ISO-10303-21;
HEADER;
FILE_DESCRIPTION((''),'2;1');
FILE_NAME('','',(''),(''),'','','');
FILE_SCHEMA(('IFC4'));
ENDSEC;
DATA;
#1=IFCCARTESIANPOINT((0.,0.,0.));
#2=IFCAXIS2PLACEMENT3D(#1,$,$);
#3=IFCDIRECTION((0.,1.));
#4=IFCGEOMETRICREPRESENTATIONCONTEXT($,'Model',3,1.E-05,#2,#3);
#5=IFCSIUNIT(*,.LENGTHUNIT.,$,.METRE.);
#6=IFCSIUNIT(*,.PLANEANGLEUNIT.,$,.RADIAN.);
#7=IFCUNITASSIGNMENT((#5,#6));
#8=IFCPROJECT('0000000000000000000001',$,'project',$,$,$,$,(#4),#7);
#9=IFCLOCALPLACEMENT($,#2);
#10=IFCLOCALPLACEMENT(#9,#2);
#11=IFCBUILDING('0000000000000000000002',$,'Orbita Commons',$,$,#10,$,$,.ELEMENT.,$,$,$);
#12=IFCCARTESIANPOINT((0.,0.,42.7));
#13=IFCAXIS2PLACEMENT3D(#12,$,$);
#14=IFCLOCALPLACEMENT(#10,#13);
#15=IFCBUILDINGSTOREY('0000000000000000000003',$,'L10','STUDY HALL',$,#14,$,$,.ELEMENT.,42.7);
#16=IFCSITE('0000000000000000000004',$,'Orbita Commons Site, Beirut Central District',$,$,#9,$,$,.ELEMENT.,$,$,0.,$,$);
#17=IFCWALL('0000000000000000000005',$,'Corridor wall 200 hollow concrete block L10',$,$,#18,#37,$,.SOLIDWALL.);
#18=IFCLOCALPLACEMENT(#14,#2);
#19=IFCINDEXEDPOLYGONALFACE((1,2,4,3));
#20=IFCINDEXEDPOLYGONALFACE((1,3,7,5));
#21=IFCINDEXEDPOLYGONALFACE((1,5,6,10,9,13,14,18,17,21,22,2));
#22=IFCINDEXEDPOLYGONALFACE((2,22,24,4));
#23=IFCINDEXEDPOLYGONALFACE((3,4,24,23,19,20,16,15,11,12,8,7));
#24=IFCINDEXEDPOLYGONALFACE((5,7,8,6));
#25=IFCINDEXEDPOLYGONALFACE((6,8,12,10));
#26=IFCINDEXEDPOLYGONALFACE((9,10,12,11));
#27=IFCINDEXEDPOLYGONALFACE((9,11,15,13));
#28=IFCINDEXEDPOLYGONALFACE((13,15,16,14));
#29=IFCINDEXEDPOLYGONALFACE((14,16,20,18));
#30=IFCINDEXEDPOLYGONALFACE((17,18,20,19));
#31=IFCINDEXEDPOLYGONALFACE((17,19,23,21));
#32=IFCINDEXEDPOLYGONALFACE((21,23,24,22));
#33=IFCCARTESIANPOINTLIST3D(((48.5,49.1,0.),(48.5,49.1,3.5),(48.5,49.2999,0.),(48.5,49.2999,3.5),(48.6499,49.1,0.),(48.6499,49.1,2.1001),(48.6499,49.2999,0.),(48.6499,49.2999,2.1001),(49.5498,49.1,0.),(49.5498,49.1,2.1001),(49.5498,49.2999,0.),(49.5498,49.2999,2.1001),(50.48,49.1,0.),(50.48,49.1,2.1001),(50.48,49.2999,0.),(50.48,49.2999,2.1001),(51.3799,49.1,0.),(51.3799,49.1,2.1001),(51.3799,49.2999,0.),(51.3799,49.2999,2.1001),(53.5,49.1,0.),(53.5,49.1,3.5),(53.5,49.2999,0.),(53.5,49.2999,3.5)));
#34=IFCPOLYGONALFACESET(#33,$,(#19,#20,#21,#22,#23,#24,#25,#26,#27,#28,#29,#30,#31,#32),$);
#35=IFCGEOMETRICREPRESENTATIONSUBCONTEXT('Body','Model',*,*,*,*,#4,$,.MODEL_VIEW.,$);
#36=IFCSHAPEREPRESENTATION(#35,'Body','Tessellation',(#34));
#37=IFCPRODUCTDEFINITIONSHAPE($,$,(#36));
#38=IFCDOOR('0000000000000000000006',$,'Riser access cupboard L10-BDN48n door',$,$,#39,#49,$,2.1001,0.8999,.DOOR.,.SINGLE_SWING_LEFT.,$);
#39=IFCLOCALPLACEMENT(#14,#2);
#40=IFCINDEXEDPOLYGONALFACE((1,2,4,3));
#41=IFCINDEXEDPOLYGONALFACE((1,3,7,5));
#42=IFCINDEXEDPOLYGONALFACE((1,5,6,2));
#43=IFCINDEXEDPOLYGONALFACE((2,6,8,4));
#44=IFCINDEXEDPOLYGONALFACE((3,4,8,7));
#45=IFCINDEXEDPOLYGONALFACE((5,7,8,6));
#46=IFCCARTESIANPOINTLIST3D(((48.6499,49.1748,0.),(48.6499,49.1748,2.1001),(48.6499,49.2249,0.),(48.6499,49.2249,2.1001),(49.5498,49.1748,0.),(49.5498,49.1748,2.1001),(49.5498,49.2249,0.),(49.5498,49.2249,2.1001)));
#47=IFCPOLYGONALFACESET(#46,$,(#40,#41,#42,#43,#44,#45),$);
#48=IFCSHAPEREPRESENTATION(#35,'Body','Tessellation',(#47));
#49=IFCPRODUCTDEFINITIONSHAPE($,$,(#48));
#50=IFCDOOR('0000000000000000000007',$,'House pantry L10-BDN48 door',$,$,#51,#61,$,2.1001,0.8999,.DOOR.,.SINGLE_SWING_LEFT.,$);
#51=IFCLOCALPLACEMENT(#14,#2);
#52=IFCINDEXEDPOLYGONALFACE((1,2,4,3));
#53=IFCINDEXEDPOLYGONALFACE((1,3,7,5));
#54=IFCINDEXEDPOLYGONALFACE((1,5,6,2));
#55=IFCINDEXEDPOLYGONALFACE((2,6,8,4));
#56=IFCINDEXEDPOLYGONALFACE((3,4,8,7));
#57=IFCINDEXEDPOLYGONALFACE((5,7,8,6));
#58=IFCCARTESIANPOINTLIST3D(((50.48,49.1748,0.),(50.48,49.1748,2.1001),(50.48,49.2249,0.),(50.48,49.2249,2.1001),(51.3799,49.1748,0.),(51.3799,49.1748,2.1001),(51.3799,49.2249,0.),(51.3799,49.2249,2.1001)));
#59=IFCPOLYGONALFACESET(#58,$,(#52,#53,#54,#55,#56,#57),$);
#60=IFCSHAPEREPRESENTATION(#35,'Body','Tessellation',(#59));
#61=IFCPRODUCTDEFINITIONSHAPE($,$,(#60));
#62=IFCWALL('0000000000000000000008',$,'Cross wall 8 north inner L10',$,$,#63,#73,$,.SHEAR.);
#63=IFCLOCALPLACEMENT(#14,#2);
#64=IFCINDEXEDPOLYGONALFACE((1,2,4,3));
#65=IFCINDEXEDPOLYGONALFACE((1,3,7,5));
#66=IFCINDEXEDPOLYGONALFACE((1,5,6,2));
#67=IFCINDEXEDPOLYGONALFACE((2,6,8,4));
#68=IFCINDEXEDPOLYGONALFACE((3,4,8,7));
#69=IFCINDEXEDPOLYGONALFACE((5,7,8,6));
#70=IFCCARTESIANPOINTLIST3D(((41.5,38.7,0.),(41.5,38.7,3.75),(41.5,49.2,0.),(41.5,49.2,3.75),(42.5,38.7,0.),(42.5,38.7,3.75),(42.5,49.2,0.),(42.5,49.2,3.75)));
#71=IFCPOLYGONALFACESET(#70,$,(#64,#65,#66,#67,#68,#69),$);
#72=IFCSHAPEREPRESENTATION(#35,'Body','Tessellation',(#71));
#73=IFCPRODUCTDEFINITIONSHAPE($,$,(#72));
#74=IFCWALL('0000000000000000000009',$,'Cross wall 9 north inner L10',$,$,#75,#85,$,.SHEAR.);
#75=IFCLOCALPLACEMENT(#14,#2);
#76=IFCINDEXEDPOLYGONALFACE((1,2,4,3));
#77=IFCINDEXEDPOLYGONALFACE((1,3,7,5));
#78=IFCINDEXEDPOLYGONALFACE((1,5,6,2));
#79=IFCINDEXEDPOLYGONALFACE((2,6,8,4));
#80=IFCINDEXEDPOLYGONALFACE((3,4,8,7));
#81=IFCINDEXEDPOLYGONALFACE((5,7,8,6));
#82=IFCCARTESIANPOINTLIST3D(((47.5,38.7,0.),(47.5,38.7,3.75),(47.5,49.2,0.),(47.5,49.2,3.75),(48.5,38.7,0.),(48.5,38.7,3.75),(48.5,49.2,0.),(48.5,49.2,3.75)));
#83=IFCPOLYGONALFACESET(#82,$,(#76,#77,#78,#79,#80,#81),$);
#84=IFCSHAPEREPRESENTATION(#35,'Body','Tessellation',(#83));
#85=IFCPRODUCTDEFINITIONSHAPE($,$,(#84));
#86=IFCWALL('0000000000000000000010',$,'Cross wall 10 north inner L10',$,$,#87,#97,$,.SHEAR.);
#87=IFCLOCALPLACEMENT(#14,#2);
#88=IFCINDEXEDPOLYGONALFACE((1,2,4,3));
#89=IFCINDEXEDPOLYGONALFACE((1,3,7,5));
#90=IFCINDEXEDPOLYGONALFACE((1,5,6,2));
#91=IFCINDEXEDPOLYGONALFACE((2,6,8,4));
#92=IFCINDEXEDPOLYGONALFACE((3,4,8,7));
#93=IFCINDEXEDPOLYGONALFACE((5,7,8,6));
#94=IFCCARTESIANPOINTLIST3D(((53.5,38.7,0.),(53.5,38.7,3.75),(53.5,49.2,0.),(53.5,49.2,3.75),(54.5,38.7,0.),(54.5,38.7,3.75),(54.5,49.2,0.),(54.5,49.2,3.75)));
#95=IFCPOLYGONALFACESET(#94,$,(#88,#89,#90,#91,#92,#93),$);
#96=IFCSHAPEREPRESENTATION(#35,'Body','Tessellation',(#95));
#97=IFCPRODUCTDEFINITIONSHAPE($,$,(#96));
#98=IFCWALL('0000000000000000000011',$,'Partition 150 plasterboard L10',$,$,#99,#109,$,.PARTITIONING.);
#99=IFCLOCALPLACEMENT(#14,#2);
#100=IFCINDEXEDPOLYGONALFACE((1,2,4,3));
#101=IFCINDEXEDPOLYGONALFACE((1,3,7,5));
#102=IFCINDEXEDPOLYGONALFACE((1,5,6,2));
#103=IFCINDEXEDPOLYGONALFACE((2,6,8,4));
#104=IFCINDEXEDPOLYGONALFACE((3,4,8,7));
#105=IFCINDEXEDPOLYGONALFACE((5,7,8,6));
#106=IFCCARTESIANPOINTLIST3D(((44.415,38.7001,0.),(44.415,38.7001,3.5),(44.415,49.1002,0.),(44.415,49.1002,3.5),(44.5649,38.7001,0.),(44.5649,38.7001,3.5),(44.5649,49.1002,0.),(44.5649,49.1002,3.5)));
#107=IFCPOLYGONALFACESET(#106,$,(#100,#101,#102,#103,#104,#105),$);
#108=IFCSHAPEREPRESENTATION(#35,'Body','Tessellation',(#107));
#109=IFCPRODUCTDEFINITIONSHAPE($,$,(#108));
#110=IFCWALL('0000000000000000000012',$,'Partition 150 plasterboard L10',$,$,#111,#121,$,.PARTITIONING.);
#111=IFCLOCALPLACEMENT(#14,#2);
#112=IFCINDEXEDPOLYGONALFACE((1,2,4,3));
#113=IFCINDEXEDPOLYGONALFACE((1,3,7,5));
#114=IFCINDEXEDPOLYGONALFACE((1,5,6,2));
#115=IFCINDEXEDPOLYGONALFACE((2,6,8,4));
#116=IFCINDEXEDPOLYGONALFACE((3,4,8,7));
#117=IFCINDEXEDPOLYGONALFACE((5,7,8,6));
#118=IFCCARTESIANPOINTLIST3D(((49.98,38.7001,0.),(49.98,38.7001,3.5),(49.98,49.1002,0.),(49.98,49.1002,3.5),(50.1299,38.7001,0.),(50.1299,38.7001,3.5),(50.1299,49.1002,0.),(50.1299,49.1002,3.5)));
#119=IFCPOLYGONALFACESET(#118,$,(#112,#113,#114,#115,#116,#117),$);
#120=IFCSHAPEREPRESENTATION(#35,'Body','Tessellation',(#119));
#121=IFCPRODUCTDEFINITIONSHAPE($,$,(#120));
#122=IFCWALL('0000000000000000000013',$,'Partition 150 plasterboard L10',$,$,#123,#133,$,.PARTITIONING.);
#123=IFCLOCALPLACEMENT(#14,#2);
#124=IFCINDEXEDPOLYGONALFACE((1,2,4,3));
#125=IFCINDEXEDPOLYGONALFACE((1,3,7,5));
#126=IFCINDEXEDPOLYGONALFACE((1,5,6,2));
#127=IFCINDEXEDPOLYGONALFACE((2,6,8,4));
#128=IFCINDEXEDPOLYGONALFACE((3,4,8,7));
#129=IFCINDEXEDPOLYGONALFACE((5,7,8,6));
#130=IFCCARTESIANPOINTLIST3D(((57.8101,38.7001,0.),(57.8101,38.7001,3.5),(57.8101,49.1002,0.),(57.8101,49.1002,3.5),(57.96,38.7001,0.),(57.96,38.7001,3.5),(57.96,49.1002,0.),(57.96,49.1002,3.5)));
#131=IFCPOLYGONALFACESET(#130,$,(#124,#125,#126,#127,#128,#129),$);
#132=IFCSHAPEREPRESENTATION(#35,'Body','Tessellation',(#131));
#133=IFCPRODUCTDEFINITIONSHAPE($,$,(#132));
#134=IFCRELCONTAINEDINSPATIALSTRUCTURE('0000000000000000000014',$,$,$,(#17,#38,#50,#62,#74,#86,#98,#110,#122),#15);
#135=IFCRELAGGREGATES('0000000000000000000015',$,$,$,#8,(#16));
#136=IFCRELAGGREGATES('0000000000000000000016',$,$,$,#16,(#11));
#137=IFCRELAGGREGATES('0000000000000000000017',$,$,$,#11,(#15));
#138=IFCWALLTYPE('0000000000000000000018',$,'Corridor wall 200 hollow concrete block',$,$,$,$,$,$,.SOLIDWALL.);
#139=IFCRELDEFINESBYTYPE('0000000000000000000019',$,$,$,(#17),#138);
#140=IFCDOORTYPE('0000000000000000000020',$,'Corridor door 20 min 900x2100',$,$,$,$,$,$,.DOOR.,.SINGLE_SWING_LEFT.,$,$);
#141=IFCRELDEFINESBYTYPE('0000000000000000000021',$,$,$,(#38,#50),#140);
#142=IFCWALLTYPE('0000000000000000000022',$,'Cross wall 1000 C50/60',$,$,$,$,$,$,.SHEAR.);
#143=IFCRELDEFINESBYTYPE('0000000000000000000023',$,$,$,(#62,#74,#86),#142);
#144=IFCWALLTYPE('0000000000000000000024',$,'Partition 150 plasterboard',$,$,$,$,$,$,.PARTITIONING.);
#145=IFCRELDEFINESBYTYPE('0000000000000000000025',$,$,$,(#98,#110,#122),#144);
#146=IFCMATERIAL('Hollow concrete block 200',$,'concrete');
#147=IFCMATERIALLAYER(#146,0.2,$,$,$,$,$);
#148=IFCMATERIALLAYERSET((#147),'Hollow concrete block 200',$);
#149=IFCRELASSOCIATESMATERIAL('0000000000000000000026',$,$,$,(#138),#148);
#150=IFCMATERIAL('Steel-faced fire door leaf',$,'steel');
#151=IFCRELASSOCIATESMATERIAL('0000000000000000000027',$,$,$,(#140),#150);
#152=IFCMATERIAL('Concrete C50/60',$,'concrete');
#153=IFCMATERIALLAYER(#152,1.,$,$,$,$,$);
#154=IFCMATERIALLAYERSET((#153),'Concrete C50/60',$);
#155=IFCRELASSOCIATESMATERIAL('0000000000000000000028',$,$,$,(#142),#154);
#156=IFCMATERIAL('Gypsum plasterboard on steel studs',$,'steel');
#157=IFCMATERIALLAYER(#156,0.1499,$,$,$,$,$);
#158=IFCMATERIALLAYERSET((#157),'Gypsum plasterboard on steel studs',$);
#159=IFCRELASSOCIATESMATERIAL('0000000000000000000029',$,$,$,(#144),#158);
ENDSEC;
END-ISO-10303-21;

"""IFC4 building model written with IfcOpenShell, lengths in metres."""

from ifc_helpers import new_model, si_unit, direction, frame, frame_2d, origin, place, context, subcontext, project, spatial, rectangle, extrude, material, layer, layer_set, type_object, element, fill, save


model = new_model("IFC4")

# Units and contexts
model_context = context("Model", 3, precision=1e-05, world=origin(), true_north=direction((0.0, 1.0)))
body_context = subcontext(model_context, "Body", "Model", "MODEL_VIEW")
ifc_project = project(units=[si_unit("LENGTHUNIT", "METRE"), si_unit("PLANEANGLEUNIT", "RADIAN")], contexts=[model_context])

# Site, building, storey
site_placement = place(None, origin())
site = spatial("IfcSite", under=ifc_project, at=site_placement, Name="Orbita Commons Site, Beirut Central District", CompositionType="ELEMENT", RefElevation=0.0)
building_placement = place(site_placement, origin())
building = spatial("IfcBuilding", under=site, at=building_placement, Name="Orbita Commons", CompositionType="ELEMENT")
storey_placement = place(building_placement, frame((0.0, 0.0, 42.7)))
storey = spatial("IfcBuildingStorey", under=building, at=storey_placement, Name="L10", Description="STUDY HALL", CompositionType="ELEMENT", Elevation=42.7)

# Wall, openings, doors
ifc_material_1 = material(Name="Hollow concrete block 200", Category="concrete")
ifc_layer_1 = layer(ifc_material_1, 0.2)
ifc_layer_set_1 = layer_set([ifc_layer_1], Name="Hollow concrete block 200")
wall_type_1 = type_object("IfcWallType", Name="Corridor wall 200 hollow concrete block", PredefinedType="SOLIDWALL", material=ifc_layer_set_1)
ifc_material_2 = material(Name="Steel-faced fire door leaf", Category="steel")
door_type_1 = type_object("IfcDoorType", Name="Corridor door 20 min 900x2100", OperationType="SINGLE_SWING_LEFT", PredefinedType="DOOR", material=ifc_material_2)
wall_1_placement = place(storey_placement, frame((48.5, 49.2, 0.0), z_axis=(0.0, 0.0, 1.0), x_axis=(1.0, 0.0, 0.0)))
wall_1 = element("IfcWall", 1, at=wall_1_placement, inside=storey, type_object=wall_type_1, Name="Corridor wall 200 hollow concrete block L10", PredefinedType="SOLIDWALL", context=body_context, shape_type="SweptSolid", body=[
    extrude(rectangle(XDim=5.0, YDim=0.2, at=frame_2d((2.5, 0.0))), origin(), (0.0, 0.0, 1.0), 3.5),
])
opening_1_placement = place(wall_1_placement, frame((0.1499, 0.0, 0.0)))
opening_1 = element("IfcOpeningElement", 2, at=opening_1_placement, cuts=wall_1, PredefinedType="OPENING", context=body_context, shape_type="SweptSolid", body=[
    extrude(rectangle(XDim=0.8999, YDim=2.1001, at=frame_2d((0.45, 1.05))), frame((0.0, 0.1099, 0.0), z_axis=(0.0, -1.0, 0.0), x_axis=(1.0, 0.0, 0.0)), (0.0, 0.0, 1.0), 0.22),
])
opening_2_placement = place(wall_1_placement, frame((1.98, 0.0, 0.0)))
opening_2 = element("IfcOpeningElement", 3, at=opening_2_placement, cuts=wall_1, PredefinedType="OPENING", context=body_context, shape_type="SweptSolid", body=[
    extrude(rectangle(XDim=0.8999, YDim=2.1001, at=frame_2d((0.45, 1.05))), frame((0.0, 0.1099, 0.0), z_axis=(0.0, -1.0, 0.0), x_axis=(1.0, 0.0, 0.0)), (0.0, 0.0, 1.0), 0.22),
])
door_1_placement = place(opening_1_placement, origin())
door_1 = element("IfcDoor", 4, at=door_1_placement, inside=storey, type_object=door_type_1, Name="Riser access cupboard L10-BDN48n door", OperationType="SINGLE_SWING_LEFT", OverallHeight=2.1001, OverallWidth=0.8999, PredefinedType="DOOR", context=body_context, shape_type="SweptSolid", body=[
    extrude(rectangle(XDim=0.8999, YDim=2.1001, at=frame_2d((0.45, 1.05))), frame((0.0, 0.0249, 0.0), z_axis=(0.0, -1.0, 0.0), x_axis=(1.0, 0.0, 0.0)), (0.0, 0.0, 1.0), 0.05),
])
fill(opening_1, door_1)
door_2_placement = place(opening_2_placement, origin())
door_2 = element("IfcDoor", 5, at=door_2_placement, inside=storey, type_object=door_type_1, Name="House pantry L10-BDN48 door", OperationType="SINGLE_SWING_LEFT", OverallHeight=2.1001, OverallWidth=0.8999, PredefinedType="DOOR", context=body_context, shape_type="SweptSolid", body=[
    extrude(rectangle(XDim=0.8999, YDim=2.1001, at=frame_2d((0.45, 1.05))), frame((0.0, 0.0249, 0.0), z_axis=(0.0, -1.0, 0.0), x_axis=(1.0, 0.0, 0.0)), (0.0, 0.0, 1.0), 0.05),
])
fill(opening_2, door_2)

# Walls
ifc_material_3 = material(Name="Concrete C50/60", Category="concrete")
ifc_layer_2 = layer(ifc_material_3, 1.0)
ifc_layer_set_2 = layer_set([ifc_layer_2], Name="Concrete C50/60")
wall_type_2 = type_object("IfcWallType", Name="Cross wall 1000 C50/60", PredefinedType="SHEAR", material=ifc_layer_set_2)
for number, where, z_axis, x_axis, name in (
    (6, (42.0, 38.7, 0.0), (0.0, 0.0, 1.0), (0.0, 1.0, 0.0), "Cross wall 8 north inner L10"),
    (7, (48.0, 38.7, 0.0), (0.0, 0.0, 1.0), (0.0, 1.0, 0.0), "Cross wall 9 north inner L10"),
    (8, (54.0, 38.7, 0.0), (0.0, 0.0, 1.0), (0.0, 1.0, 0.0), "Cross wall 10 north inner L10"),
):
    element("IfcWall", number, at=place(storey_placement, frame(where, z_axis=z_axis, x_axis=x_axis)), inside=storey, type_object=wall_type_2, Name=name, PredefinedType="SHEAR", context=body_context, shape_type="SweptSolid", body=[
        extrude(rectangle(XDim=10.5, YDim=1.0, at=frame_2d((5.25, 0.0))), origin(), (0.0, 0.0, 1.0), 3.75),
    ])
ifc_material_4 = material(Name="Gypsum plasterboard on steel studs", Category="steel")
ifc_layer_3 = layer(ifc_material_4, 0.1499)
ifc_layer_set_3 = layer_set([ifc_layer_3], Name="Gypsum plasterboard on steel studs")
wall_type_3 = type_object("IfcWallType", Name="Partition 150 plasterboard", PredefinedType="PARTITIONING", material=ifc_layer_set_3)
for number, where, z_axis, x_axis, name in (
    (9, (44.49, 38.7, 0.0), (0.0, 0.0, 1.0), (0.0, 1.0, 0.0), "Partition 150 plasterboard L10"),
    (10, (50.0549, 38.7, 0.0), (0.0, 0.0, 1.0), (0.0, 1.0, 0.0), "Partition 150 plasterboard L10"),
    (11, (57.885, 38.7, 0.0), (0.0, 0.0, 1.0), (0.0, 1.0, 0.0), "Partition 150 plasterboard L10"),
):
    element("IfcWall", number, at=place(storey_placement, frame(where, z_axis=z_axis, x_axis=x_axis)), inside=storey, type_object=wall_type_3, Name=name, PredefinedType="PARTITIONING", context=body_context, shape_type="SweptSolid", body=[
        extrude(rectangle(XDim=10.4001, YDim=0.1499, at=frame_2d((5.2002, 0.0))), origin(), (0.0, 0.0, 1.0), 3.5),
    ])

save(model, "model.ifc")
